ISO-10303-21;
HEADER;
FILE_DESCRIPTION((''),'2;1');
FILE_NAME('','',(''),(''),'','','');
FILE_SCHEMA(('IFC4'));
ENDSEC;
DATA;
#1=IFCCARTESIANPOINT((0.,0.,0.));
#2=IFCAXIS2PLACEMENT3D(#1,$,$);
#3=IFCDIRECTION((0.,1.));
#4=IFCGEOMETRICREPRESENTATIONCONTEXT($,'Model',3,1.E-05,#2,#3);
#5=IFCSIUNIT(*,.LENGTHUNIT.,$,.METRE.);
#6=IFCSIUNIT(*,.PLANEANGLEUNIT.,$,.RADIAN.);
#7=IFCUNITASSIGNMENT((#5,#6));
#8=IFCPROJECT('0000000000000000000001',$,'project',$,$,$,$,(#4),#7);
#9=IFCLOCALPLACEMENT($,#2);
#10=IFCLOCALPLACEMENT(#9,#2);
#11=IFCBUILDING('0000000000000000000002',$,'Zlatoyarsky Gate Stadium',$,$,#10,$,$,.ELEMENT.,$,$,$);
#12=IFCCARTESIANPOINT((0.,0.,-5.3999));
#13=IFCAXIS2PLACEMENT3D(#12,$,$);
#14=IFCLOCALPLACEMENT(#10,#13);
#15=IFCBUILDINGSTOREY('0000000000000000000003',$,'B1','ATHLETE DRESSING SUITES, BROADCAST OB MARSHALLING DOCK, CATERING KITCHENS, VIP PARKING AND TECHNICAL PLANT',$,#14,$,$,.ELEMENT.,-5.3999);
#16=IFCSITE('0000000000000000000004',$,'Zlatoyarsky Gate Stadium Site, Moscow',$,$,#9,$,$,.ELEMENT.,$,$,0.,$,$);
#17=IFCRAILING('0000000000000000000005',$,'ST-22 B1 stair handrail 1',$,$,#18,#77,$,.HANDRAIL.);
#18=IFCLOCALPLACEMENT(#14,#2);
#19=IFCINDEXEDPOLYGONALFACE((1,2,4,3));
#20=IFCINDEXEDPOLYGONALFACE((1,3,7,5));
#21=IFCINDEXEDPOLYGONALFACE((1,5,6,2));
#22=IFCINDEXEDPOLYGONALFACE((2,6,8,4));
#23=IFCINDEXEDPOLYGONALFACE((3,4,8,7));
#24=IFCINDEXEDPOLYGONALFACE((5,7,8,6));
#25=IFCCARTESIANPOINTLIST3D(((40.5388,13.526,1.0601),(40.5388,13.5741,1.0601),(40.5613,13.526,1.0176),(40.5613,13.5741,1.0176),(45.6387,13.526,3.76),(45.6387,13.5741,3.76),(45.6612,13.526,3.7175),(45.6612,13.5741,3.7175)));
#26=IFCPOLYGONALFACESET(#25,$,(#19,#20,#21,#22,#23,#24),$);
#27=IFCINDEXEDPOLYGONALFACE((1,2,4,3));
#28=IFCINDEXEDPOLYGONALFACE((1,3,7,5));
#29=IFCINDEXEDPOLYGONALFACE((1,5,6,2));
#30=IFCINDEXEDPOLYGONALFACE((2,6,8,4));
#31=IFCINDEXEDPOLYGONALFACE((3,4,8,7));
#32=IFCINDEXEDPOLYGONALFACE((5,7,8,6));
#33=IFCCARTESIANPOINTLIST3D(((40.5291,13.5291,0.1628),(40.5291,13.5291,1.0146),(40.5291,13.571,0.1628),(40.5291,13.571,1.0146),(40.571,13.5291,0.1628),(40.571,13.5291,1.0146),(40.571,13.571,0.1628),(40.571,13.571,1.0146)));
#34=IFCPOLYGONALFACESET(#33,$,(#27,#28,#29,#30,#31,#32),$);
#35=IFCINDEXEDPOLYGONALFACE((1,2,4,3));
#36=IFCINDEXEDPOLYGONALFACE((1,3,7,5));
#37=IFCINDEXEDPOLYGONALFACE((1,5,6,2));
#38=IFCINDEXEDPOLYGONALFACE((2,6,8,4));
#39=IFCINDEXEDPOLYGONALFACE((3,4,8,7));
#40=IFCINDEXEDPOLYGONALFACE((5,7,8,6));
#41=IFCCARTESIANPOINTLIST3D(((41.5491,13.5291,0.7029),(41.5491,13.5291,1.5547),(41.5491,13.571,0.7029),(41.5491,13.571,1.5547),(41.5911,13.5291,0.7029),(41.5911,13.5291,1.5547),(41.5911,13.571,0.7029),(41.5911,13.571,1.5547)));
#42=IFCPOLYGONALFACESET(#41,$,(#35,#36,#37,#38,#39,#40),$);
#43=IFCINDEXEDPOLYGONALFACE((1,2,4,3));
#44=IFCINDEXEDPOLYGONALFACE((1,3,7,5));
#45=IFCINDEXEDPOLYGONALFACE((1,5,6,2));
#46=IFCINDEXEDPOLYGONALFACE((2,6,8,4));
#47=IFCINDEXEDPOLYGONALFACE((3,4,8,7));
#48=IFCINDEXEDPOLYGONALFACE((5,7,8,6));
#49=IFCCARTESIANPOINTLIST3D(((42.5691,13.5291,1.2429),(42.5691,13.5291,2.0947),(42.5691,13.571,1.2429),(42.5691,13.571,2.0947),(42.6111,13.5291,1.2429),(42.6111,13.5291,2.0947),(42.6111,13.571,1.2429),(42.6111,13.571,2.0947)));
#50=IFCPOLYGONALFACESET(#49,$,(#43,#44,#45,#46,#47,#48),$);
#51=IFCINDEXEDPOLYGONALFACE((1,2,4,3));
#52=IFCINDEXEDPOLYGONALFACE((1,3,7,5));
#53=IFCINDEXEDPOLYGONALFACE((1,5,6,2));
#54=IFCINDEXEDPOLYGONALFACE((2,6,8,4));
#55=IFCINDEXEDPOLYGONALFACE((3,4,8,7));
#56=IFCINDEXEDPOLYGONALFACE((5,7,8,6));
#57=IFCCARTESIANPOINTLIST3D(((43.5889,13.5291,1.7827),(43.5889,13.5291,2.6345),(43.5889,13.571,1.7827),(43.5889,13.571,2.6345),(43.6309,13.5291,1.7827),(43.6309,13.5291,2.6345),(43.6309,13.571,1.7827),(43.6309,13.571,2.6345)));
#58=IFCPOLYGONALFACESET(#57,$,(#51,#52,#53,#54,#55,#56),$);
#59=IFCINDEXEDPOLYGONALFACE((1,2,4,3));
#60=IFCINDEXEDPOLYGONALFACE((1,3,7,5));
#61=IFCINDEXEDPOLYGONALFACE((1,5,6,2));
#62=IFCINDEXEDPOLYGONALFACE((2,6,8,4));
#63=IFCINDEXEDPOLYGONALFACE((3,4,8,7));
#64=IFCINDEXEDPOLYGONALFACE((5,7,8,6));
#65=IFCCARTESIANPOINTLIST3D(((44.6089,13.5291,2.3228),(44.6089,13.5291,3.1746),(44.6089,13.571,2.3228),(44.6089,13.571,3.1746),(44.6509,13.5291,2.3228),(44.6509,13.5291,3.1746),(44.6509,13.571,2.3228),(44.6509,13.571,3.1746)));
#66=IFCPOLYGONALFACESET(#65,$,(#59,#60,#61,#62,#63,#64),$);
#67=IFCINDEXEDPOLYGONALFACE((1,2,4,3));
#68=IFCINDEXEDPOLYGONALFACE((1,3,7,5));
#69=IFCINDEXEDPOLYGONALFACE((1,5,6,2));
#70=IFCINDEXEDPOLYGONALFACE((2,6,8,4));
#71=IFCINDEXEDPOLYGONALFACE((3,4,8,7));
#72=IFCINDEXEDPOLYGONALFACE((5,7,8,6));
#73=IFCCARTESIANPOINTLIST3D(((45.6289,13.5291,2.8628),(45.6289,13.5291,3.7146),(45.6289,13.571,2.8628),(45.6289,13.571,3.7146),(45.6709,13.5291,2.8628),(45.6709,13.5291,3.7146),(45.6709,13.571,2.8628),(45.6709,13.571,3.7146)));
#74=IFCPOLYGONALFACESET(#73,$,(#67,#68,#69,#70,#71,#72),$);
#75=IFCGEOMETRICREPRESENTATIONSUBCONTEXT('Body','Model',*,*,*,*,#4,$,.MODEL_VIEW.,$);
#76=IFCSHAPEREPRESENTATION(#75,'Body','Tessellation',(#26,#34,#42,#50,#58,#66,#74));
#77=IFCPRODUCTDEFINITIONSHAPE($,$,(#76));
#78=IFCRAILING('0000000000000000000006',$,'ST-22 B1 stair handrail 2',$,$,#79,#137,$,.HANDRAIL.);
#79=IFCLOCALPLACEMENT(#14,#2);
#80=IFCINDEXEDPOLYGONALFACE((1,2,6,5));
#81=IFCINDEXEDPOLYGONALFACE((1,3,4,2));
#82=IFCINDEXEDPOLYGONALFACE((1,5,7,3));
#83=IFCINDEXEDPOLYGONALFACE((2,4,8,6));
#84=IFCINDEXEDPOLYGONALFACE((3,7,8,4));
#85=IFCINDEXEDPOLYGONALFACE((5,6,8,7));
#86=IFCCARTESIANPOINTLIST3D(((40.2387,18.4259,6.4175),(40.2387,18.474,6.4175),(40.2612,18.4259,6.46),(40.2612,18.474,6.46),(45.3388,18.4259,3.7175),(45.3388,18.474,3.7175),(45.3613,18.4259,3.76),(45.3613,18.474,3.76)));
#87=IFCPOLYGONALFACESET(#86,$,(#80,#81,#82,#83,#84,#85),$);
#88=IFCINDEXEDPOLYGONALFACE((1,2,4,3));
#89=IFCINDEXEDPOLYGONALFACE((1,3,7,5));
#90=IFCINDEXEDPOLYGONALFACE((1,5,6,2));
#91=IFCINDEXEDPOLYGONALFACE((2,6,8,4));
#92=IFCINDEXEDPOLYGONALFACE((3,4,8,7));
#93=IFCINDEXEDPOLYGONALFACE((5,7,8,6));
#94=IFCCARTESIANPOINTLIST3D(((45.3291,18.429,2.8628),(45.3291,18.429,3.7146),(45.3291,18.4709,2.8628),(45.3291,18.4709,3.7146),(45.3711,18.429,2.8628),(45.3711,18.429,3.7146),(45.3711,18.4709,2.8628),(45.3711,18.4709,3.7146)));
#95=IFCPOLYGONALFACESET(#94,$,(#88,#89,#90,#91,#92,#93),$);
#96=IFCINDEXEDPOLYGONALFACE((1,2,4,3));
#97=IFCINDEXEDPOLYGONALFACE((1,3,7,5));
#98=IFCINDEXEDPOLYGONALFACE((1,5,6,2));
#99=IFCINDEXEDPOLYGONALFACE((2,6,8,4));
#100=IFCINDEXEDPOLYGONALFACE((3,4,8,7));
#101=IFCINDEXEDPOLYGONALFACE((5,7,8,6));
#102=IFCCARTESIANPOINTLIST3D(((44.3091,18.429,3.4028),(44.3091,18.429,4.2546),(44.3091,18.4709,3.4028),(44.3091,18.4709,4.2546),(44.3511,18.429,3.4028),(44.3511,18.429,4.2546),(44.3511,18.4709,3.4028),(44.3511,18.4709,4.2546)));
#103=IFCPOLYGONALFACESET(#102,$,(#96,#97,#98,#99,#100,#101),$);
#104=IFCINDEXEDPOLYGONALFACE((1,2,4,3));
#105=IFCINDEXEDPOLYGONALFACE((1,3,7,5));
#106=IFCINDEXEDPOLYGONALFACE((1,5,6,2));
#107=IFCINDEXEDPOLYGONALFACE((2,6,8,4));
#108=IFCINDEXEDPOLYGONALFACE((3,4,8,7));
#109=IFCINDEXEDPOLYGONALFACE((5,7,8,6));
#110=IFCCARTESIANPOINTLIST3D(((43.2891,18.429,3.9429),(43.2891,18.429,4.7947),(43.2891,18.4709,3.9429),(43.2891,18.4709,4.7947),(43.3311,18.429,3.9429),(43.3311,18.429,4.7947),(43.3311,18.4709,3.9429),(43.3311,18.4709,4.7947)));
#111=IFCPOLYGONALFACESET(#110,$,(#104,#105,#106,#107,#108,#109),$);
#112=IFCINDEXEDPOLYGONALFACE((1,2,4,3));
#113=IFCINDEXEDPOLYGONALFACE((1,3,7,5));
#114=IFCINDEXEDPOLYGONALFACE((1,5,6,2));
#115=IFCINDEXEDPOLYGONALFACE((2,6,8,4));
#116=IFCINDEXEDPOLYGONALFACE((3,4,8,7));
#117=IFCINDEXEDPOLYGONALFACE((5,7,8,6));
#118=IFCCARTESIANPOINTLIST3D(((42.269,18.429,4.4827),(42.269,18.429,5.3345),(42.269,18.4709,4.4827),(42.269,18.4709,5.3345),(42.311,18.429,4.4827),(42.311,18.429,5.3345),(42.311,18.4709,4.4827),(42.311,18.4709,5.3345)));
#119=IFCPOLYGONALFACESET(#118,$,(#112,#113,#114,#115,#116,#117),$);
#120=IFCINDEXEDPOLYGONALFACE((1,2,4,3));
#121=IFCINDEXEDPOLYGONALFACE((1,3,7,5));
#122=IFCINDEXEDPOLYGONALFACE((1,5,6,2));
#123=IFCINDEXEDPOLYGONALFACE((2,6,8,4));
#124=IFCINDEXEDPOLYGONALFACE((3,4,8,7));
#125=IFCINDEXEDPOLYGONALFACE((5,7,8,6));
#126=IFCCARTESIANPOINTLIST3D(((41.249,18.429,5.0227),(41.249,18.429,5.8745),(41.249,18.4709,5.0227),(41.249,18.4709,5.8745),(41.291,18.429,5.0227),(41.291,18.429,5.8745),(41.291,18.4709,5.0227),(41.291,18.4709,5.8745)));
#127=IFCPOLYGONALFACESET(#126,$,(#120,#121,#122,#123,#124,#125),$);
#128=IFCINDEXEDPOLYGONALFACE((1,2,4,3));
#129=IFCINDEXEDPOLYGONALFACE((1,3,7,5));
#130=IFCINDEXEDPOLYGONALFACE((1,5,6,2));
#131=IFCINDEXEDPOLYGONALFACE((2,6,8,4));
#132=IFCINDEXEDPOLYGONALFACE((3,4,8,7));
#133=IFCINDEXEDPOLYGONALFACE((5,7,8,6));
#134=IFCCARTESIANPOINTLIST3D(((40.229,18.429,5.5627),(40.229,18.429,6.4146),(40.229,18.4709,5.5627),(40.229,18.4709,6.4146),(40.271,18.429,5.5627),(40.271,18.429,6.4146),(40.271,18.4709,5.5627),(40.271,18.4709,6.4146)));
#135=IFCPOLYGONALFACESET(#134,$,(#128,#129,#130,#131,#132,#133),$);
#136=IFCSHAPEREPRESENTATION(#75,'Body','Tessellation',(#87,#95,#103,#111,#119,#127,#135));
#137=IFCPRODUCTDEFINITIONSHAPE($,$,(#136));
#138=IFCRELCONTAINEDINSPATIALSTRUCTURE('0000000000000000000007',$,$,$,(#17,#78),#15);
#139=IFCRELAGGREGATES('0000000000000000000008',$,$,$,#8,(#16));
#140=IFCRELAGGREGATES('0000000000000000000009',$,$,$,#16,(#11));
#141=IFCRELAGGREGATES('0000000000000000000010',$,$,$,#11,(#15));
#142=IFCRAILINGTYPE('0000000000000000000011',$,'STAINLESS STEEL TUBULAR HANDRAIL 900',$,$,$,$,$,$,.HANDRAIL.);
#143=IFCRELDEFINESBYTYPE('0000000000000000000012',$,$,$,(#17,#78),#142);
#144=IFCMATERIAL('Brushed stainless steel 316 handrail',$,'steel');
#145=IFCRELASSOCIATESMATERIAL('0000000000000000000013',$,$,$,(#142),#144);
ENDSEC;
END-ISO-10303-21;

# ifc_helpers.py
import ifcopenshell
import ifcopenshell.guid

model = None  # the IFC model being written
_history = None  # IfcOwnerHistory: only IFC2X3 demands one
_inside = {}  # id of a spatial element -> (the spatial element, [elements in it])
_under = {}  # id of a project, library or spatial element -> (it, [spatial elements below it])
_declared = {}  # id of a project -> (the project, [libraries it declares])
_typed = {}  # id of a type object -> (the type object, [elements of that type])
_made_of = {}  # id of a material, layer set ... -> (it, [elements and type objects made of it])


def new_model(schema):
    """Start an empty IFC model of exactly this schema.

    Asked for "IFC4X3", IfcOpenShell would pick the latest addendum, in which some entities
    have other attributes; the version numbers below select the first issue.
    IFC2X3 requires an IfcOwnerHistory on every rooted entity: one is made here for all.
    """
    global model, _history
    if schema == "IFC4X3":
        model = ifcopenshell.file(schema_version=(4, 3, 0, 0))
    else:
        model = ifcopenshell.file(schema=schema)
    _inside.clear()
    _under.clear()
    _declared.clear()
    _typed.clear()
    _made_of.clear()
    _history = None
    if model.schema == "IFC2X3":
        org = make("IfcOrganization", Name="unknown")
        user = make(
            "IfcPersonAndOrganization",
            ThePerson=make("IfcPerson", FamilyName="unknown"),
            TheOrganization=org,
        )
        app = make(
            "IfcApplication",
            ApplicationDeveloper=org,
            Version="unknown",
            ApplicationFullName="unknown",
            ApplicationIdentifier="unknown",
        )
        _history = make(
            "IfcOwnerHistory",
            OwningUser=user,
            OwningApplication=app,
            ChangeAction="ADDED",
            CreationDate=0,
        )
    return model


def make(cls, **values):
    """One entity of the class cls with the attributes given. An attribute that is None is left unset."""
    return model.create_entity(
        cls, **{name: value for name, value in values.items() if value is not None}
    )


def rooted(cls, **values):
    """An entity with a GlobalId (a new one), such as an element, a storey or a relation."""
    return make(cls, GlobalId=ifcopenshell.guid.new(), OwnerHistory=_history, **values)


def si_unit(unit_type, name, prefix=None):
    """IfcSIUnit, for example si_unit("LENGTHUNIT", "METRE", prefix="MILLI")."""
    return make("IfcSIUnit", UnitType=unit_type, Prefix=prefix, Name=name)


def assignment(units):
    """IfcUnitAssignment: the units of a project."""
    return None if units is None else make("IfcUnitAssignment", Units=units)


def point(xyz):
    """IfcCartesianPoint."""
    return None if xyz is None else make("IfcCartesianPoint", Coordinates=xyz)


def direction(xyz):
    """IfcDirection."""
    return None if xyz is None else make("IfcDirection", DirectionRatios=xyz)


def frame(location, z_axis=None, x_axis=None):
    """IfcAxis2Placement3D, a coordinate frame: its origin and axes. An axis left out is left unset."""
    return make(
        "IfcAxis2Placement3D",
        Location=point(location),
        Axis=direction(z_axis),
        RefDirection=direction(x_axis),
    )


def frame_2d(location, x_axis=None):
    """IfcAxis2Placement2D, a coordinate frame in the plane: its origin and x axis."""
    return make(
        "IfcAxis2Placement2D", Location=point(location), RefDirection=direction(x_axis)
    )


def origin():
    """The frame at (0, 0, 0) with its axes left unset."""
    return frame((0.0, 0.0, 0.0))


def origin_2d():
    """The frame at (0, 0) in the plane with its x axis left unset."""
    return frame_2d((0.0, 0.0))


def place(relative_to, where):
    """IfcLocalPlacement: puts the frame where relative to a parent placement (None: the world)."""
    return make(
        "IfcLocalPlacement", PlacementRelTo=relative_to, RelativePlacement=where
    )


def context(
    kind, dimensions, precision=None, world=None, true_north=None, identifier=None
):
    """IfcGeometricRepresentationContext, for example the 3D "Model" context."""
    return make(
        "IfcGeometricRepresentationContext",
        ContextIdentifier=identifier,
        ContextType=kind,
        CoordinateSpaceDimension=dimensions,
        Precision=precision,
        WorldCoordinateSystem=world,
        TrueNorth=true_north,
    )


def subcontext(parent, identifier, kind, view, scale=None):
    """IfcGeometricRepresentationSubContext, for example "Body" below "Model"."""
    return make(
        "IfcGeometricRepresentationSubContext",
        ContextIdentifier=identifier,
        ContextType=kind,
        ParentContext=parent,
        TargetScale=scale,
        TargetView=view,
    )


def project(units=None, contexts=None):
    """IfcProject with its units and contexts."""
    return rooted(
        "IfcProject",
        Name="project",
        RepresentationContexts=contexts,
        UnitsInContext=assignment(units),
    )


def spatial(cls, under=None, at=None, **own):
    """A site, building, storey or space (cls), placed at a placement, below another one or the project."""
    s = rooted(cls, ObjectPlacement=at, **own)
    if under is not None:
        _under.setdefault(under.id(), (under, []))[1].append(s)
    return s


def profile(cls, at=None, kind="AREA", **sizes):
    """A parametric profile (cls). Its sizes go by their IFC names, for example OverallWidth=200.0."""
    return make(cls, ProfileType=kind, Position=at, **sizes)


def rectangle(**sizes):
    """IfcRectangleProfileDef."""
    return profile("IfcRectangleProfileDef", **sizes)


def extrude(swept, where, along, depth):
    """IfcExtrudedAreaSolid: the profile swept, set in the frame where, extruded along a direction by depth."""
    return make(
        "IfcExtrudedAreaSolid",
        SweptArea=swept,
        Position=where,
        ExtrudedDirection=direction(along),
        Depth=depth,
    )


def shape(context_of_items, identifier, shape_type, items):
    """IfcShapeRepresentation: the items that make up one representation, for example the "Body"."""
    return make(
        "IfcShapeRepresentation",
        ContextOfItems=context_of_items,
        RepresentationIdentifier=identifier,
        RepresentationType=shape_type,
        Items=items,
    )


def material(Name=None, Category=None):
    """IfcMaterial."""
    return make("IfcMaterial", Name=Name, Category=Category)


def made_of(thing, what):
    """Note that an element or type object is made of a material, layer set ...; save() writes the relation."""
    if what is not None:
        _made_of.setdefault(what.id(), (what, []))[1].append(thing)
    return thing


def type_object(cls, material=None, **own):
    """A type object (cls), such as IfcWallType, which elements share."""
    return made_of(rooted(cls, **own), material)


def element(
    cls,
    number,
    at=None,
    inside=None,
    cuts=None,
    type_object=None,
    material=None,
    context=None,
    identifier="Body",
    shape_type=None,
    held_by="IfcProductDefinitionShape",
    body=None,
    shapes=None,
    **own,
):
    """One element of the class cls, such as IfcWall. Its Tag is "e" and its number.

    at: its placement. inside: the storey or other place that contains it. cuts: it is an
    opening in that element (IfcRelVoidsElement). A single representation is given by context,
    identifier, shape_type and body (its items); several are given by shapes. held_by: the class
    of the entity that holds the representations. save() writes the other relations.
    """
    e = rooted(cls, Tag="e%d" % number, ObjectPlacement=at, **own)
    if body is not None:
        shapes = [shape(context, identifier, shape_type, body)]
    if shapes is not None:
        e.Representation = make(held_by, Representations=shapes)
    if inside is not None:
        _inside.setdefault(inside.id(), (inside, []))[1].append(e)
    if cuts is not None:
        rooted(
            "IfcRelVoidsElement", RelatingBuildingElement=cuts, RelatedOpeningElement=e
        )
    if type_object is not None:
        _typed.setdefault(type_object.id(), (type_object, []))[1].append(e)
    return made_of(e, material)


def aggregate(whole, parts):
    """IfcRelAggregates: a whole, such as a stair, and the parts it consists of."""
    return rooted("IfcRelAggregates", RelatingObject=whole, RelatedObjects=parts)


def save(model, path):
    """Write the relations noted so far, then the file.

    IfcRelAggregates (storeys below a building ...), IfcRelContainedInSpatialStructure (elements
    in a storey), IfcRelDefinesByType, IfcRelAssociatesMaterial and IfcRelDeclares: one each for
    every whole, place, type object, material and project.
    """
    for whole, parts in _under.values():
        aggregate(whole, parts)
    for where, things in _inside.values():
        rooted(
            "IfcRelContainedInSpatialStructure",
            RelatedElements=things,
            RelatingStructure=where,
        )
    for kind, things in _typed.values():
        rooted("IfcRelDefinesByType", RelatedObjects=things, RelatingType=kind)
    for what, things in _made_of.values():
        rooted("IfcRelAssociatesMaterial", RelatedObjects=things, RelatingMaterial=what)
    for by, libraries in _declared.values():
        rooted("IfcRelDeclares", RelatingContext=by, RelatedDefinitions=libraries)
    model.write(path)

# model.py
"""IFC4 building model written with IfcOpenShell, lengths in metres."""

from ifc_helpers import new_model, si_unit, direction, frame, origin, origin_2d, place, context, subcontext, project, spatial, rectangle, extrude, material, type_object, element, save


model = new_model("IFC4")

# Units and contexts
model_context = context("Model", 3, precision=1e-05, world=origin(), true_north=direction((0.0, 1.0)))
body_context = subcontext(model_context, "Body", "Model", "MODEL_VIEW")
ifc_project = project(units=[si_unit("LENGTHUNIT", "METRE"), si_unit("PLANEANGLEUNIT", "RADIAN")], contexts=[model_context])

# Site, building, storey
site_placement = place(None, origin())
site = spatial("IfcSite", under=ifc_project, at=site_placement, Name="Zlatoyarsky Gate Stadium Site, Moscow", CompositionType="ELEMENT", RefElevation=0.0)
building_placement = place(site_placement, origin())
building = spatial("IfcBuilding", under=site, at=building_placement, Name="Zlatoyarsky Gate Stadium", CompositionType="ELEMENT")
storey_placement = place(building_placement, frame((0.0, 0.0, -5.3999)))
storey = spatial("IfcBuildingStorey", under=building, at=storey_placement, Name="B1", Description="ATHLETE DRESSING SUITES, BROADCAST OB MARSHALLING DOCK, CATERING KITCHENS, VIP PARKING AND TECHNICAL PLANT", CompositionType="ELEMENT", Elevation=-5.3999)

# Railings
ifc_material_1 = material(Name="Brushed stainless steel 316 handrail", Category="steel")
railing_type_1 = type_object("IfcRailingType", Name="STAINLESS STEEL TUBULAR HANDRAIL 900", PredefinedType="HANDRAIL", material=ifc_material_1)
railing_1_placement = place(storey_placement, frame((40.55, 13.55, 0.1628)))
element("IfcRailing", 1, at=railing_1_placement, inside=storey, type_object=railing_type_1, Name="ST-22 B1 stair handrail 1", PredefinedType="HANDRAIL", context=body_context, shape_type="SweptSolid", body=[
    extrude(rectangle(XDim=0.0481, YDim=0.0481, at=origin_2d()), frame((0.0, 0.0, 0.876), z_axis=(0.883786, 0.0, 0.467892), x_axis=(0.0, 1.0, 0.0)), (0.0, 0.0, 1.0), 5.7705),
    extrude(rectangle(XDim=0.042, YDim=0.042, at=origin_2d()), origin(), (0.0, 0.0, 1.0), 0.8518),
    extrude(rectangle(XDim=0.042, YDim=0.042, at=origin_2d()), frame((1.02, 0.0, 0.54)), (0.0, 0.0, 1.0), 0.8518),
    extrude(rectangle(XDim=0.042, YDim=0.042, at=origin_2d()), frame((2.04, 0.0, 1.0801)), (0.0, 0.0, 1.0), 0.8518),
    extrude(rectangle(XDim=0.042, YDim=0.042, at=origin_2d()), frame((3.0598, 0.0, 1.6199)), (0.0, 0.0, 1.0), 0.8518),
    extrude(rectangle(XDim=0.042, YDim=0.042, at=origin_2d()), frame((4.0798, 0.0, 2.1599)), (0.0, 0.0, 1.0), 0.8518),
    extrude(rectangle(XDim=0.042, YDim=0.042, at=origin_2d()), frame((5.0999, 0.0, 2.7)), (0.0, 0.0, 1.0), 0.8518),
])
railing_2_placement = place(storey_placement, frame((45.3501, 18.45, 2.8628)))
element("IfcRailing", 2, at=railing_2_placement, inside=storey, type_object=railing_type_1, Name="ST-22 B1 stair handrail 2", PredefinedType="HANDRAIL", context=body_context, shape_type="SweptSolid", body=[
    extrude(rectangle(XDim=0.0481, YDim=0.0481, at=origin_2d()), frame((0.0, 0.0, 0.876), z_axis=(-0.883795, 0.0, 0.467874), x_axis=(0.0, -1.0, 0.0)), (0.0, 0.0, 1.0), 5.7708),
    extrude(rectangle(XDim=0.042, YDim=0.042, at=origin_2d()), origin(), (0.0, 0.0, 1.0), 0.8518),
    extrude(rectangle(XDim=0.042, YDim=0.042, at=origin_2d()), frame((-1.02, 0.0, 0.54)), (0.0, 0.0, 1.0), 0.8518),
    extrude(rectangle(XDim=0.042, YDim=0.042, at=origin_2d()), frame((-2.04, 0.0, 1.0801)), (0.0, 0.0, 1.0), 0.8518),
    extrude(rectangle(XDim=0.042, YDim=0.042, at=origin_2d()), frame((-3.0601, 0.0, 1.6199)), (0.0, 0.0, 1.0), 0.8518),
    extrude(rectangle(XDim=0.042, YDim=0.042, at=origin_2d()), frame((-4.0801, 0.0, 2.1599)), (0.0, 0.0, 1.0), 0.8518),
    extrude(rectangle(XDim=0.042, YDim=0.042, at=origin_2d()), frame((-5.1001, 0.0, 2.7)), (0.0, 0.0, 1.0), 0.8518),
])

save(model, "model.ifc")
